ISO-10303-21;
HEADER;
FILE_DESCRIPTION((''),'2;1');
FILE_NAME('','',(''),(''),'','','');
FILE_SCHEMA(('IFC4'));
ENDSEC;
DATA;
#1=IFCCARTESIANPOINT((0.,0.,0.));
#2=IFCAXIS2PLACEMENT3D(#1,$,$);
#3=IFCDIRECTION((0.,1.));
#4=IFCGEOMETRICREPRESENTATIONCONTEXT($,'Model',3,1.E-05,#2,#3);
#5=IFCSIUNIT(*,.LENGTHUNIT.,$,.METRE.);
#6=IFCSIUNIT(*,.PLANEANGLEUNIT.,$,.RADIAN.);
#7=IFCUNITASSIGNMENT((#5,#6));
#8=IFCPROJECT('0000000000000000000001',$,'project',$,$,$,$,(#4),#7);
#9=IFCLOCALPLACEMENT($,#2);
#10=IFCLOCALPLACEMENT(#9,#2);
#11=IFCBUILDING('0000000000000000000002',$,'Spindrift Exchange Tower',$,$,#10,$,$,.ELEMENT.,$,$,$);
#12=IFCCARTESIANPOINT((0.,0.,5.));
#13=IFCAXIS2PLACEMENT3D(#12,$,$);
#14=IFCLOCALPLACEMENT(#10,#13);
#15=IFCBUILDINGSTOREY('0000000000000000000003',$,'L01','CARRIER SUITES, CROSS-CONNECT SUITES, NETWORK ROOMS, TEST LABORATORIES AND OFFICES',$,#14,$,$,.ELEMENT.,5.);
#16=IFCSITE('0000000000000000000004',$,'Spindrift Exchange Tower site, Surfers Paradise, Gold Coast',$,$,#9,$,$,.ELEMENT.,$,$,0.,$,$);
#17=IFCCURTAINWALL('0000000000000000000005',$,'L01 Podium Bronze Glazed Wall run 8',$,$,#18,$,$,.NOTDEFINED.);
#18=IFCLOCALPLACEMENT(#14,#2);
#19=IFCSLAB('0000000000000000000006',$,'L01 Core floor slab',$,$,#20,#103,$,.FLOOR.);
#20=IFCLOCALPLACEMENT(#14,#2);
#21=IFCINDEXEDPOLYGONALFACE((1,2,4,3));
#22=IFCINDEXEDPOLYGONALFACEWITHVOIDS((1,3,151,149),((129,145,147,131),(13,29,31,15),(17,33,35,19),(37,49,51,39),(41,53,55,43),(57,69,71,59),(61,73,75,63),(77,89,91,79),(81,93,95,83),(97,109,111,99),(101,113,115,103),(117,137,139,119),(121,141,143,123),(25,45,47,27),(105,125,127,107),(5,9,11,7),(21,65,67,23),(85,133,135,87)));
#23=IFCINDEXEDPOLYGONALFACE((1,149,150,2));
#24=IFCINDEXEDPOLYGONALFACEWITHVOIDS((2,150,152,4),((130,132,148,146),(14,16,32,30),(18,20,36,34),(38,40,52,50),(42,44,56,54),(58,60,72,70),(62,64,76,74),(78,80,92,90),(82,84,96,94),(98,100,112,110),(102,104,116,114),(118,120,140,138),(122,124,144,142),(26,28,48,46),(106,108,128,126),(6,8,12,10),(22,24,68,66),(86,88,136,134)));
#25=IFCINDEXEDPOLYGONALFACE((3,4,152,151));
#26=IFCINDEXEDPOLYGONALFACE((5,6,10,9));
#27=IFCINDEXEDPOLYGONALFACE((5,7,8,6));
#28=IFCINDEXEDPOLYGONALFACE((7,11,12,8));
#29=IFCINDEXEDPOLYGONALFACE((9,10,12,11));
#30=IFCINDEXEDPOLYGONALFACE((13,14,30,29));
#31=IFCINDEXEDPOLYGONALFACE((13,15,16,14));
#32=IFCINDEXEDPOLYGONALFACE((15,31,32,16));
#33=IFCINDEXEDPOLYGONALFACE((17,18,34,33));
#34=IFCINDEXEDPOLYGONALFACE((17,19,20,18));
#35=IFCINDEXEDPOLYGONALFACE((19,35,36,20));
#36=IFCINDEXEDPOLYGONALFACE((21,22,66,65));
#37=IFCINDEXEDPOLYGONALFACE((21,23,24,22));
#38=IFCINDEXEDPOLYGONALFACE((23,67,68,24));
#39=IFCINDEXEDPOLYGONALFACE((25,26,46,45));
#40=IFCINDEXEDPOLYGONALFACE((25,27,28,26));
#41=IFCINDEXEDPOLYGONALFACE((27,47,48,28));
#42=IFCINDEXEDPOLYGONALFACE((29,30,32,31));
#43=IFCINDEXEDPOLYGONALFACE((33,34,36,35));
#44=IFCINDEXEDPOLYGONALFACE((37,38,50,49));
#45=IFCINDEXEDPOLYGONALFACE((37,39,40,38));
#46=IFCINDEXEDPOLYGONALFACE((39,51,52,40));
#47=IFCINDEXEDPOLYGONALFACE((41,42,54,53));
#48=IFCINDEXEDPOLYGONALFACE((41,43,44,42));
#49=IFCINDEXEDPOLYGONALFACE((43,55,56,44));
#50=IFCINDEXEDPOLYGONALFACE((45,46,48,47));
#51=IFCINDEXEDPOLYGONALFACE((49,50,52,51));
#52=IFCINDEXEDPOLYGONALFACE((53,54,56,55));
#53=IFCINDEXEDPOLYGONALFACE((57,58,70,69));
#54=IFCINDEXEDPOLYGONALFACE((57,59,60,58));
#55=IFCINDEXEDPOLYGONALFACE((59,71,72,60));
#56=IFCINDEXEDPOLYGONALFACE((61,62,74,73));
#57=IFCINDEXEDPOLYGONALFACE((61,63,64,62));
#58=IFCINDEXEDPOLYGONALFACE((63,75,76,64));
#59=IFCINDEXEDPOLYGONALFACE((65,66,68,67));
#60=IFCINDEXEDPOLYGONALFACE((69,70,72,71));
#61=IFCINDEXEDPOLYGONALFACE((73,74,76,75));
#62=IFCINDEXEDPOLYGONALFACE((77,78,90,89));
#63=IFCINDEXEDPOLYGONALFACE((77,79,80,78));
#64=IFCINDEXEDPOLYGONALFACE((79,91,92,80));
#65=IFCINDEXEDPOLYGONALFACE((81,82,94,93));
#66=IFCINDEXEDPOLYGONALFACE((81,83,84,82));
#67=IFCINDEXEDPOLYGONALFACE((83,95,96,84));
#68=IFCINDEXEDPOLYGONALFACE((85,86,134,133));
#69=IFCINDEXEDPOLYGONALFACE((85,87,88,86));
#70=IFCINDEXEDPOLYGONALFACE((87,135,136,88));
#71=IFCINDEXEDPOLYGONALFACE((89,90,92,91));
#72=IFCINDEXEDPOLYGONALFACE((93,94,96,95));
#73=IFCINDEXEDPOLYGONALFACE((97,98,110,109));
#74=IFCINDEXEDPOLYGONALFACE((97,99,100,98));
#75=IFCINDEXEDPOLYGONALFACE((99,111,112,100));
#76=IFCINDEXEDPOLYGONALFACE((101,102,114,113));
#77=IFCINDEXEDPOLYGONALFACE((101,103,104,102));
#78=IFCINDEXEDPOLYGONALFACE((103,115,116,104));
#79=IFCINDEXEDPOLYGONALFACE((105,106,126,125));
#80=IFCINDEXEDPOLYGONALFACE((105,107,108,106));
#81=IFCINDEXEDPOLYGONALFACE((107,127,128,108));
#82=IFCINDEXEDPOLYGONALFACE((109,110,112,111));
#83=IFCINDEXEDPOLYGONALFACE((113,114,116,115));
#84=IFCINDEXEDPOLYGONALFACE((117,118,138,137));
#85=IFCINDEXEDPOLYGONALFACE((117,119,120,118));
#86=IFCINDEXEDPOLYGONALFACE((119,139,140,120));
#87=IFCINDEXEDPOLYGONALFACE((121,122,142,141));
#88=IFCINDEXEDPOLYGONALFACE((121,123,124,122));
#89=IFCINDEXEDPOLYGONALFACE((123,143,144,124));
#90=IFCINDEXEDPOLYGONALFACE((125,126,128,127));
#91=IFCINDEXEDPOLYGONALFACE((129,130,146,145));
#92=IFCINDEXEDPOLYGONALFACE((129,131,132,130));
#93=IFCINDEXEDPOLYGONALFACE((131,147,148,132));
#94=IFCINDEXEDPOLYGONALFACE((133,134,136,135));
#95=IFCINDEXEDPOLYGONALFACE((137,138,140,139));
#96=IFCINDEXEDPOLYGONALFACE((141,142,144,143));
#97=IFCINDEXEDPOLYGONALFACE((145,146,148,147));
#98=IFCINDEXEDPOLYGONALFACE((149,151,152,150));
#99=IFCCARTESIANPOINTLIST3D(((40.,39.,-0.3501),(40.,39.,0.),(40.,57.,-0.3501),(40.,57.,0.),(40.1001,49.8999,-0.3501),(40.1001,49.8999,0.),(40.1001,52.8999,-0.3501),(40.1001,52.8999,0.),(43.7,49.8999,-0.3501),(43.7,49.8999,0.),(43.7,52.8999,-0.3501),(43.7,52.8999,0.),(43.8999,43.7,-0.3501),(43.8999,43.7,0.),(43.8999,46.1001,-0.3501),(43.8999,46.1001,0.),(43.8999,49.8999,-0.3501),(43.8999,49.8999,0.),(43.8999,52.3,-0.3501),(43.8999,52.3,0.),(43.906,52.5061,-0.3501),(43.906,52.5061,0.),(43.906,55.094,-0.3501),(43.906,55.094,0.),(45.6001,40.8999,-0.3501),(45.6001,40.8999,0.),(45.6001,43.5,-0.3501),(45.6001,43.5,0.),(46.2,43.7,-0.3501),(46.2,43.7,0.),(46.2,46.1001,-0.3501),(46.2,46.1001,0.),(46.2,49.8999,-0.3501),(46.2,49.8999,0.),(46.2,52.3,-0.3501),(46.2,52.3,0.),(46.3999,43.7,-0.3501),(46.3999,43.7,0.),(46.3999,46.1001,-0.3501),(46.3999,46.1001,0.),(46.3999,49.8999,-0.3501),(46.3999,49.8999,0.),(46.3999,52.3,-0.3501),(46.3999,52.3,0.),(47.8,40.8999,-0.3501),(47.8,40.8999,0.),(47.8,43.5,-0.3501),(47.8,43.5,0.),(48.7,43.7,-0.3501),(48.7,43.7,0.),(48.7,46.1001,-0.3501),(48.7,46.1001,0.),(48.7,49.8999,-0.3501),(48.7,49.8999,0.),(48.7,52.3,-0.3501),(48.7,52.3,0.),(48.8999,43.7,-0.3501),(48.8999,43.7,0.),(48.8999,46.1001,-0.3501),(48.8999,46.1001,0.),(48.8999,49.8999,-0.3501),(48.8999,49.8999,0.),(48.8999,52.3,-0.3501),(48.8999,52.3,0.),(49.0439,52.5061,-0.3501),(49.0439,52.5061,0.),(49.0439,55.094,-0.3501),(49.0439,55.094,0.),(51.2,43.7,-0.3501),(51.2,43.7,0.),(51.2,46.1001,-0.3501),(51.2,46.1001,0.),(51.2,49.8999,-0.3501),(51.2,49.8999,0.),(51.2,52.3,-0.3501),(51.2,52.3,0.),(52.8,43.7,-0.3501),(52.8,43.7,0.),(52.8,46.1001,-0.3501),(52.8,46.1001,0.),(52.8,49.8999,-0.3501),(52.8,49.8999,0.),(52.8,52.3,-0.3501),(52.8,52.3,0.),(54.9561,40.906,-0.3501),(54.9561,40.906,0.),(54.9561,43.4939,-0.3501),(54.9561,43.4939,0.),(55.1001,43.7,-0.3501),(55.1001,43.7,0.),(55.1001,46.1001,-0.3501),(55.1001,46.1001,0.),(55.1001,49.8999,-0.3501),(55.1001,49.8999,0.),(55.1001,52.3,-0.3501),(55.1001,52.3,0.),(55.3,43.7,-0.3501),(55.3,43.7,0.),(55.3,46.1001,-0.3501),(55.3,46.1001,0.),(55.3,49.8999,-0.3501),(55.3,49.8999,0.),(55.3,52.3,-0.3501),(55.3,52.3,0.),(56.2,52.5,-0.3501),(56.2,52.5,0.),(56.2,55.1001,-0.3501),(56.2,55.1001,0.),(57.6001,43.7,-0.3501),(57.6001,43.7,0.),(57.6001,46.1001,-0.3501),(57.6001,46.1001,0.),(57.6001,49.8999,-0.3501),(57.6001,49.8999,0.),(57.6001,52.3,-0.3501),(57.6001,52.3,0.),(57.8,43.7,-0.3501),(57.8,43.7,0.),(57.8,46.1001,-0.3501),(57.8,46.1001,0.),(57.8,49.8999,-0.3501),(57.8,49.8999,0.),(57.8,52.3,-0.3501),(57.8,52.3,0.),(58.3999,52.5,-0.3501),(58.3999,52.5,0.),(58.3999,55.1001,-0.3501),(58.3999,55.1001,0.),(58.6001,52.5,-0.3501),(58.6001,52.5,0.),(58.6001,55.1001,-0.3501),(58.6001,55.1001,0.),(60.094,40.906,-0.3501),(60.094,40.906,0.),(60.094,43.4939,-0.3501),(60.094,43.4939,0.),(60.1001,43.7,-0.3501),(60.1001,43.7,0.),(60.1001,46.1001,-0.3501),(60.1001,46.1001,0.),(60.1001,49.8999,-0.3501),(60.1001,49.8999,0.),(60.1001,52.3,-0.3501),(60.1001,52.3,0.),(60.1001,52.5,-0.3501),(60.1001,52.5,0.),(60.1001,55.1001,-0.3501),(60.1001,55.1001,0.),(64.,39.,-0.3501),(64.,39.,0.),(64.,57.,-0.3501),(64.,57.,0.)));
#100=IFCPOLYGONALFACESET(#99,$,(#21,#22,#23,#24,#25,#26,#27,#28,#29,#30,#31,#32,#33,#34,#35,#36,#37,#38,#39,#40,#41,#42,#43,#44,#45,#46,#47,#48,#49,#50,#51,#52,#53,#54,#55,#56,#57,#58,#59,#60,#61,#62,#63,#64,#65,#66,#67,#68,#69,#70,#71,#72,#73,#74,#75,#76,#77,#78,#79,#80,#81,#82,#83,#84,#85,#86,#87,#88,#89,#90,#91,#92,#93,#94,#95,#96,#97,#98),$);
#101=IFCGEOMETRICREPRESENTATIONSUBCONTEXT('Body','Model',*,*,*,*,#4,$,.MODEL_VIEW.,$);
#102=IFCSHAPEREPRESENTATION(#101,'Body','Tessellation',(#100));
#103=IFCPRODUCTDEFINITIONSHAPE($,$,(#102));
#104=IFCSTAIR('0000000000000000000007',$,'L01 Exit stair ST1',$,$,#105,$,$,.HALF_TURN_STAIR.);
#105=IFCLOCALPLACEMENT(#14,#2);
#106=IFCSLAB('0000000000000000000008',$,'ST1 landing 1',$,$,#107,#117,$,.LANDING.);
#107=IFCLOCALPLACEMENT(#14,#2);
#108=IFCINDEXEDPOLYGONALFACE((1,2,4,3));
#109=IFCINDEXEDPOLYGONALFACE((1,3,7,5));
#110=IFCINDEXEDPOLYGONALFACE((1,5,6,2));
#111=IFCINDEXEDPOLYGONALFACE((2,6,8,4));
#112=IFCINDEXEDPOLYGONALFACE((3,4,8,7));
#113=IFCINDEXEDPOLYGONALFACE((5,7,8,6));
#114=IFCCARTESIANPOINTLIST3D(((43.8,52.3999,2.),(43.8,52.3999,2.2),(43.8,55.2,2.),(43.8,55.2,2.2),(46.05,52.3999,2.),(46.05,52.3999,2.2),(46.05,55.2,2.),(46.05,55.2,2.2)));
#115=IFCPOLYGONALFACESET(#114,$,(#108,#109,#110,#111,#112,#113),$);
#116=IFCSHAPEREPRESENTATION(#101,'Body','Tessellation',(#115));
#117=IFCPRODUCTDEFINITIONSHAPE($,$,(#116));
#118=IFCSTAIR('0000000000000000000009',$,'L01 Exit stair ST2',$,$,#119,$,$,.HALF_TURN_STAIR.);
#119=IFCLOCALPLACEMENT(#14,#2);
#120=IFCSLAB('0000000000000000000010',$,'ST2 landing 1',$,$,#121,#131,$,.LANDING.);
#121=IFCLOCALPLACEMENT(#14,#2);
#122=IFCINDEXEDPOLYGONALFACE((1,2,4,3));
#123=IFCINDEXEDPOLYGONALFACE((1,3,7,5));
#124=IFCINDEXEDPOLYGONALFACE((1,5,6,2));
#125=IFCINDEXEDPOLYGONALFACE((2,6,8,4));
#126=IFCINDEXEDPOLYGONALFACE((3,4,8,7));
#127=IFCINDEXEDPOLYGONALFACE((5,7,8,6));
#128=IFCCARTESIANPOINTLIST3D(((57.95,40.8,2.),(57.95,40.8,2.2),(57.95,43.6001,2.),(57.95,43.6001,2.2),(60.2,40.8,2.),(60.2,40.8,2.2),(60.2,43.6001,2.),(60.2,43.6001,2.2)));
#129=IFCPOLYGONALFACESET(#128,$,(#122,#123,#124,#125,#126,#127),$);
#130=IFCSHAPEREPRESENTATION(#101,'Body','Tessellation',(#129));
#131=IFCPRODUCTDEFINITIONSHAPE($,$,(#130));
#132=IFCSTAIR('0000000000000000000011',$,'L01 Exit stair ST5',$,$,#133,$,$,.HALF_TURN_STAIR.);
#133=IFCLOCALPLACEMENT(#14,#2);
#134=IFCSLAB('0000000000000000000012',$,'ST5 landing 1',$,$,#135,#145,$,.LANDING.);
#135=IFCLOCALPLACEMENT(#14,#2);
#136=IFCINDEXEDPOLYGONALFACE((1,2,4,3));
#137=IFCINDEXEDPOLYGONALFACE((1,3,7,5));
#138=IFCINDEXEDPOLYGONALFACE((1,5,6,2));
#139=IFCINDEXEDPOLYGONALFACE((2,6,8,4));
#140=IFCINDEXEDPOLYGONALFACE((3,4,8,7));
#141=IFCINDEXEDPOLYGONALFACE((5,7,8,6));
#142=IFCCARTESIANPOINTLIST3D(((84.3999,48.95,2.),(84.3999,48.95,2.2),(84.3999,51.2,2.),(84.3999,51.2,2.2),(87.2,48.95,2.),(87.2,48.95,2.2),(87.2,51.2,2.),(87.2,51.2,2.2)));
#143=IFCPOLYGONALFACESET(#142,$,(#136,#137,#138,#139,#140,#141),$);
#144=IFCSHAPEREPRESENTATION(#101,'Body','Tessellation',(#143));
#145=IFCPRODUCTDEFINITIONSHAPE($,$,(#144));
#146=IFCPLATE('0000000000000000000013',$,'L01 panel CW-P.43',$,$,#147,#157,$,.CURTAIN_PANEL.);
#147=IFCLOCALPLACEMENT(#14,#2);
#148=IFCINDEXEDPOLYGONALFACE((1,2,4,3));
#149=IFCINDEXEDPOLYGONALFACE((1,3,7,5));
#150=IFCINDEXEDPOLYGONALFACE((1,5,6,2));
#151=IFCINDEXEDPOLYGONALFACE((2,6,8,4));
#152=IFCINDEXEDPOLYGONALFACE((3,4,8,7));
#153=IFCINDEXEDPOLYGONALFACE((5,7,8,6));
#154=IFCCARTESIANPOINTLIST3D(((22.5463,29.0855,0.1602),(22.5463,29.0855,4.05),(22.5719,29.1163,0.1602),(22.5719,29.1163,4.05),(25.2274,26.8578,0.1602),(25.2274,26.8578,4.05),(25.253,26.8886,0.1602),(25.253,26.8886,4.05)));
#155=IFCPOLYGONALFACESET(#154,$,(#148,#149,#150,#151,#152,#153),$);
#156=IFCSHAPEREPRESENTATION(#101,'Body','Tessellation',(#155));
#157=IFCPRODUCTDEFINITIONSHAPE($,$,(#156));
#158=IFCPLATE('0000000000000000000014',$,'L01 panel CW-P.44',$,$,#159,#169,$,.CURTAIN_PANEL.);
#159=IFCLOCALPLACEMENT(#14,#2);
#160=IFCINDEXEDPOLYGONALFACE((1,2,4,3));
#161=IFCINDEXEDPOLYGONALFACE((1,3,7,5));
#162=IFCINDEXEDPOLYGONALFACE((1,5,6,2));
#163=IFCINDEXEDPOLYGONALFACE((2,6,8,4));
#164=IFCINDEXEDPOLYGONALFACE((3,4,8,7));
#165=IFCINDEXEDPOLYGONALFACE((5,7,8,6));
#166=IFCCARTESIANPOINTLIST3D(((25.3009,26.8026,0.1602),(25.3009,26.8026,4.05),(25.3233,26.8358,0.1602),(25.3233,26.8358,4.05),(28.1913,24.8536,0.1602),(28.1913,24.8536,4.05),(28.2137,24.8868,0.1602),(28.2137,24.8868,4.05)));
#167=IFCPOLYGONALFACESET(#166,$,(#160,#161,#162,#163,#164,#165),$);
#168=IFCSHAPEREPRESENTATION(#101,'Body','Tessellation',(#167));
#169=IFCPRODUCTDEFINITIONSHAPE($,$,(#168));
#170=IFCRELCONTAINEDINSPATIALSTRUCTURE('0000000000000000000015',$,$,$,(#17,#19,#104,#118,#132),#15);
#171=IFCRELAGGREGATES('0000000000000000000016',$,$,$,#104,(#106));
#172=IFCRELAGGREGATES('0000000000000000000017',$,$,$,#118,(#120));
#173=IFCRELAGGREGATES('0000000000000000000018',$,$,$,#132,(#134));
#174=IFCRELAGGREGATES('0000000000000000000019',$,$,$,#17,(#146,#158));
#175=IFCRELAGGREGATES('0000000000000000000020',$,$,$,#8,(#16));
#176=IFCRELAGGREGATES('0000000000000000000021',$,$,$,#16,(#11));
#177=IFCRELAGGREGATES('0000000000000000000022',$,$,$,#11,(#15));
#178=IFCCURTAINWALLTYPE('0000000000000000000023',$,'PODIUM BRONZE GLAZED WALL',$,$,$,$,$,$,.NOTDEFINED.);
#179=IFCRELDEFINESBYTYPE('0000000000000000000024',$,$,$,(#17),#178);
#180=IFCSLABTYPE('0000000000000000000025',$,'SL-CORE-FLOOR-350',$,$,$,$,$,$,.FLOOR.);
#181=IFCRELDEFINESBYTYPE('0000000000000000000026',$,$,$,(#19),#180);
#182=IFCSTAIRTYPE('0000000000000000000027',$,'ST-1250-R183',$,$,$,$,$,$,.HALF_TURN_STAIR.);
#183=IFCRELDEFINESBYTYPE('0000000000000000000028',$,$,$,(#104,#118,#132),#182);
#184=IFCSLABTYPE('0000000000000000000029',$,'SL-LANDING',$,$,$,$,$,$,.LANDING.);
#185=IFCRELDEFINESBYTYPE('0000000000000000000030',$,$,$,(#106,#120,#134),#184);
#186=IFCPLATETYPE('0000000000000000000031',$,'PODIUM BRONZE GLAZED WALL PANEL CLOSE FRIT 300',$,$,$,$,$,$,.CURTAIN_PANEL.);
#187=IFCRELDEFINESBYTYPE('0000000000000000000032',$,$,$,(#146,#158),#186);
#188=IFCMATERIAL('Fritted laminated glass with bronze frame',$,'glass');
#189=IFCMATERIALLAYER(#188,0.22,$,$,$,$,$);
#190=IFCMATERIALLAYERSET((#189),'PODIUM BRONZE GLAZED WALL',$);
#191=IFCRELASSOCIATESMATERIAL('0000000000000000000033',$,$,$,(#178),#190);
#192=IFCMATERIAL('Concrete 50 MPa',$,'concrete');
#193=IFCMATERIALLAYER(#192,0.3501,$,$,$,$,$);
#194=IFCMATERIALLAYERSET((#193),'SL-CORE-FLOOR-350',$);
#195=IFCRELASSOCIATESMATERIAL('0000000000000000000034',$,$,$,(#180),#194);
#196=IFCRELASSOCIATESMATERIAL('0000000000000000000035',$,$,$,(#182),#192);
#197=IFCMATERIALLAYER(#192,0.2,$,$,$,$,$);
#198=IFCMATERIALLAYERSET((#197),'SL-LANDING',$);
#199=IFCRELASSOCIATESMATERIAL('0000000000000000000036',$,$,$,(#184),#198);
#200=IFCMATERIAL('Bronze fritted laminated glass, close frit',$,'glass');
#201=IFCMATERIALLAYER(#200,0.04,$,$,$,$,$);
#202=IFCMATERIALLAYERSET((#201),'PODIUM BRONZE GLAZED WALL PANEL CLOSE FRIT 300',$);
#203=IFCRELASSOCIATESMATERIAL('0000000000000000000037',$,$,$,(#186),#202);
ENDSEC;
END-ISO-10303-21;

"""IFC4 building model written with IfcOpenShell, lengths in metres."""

from ifc_helpers import new_model, si_unit, direction, frame, origin, origin_2d, place, context, subcontext, project, spatial, line, indexed_curve, rectangle, outline, extrude, source, transform, mapped, material, layer, layer_set, type_object, element, aggregate, save


model = new_model("IFC4")

# Units and contexts
model_context = context("Model", 3, precision=1e-05, world=origin(), true_north=direction((0.0, 1.0)))
body_context = subcontext(model_context, "Body", "Model", "MODEL_VIEW")
ifc_project = project(units=[si_unit("LENGTHUNIT", "METRE"), si_unit("PLANEANGLEUNIT", "RADIAN")], contexts=[model_context])

# Site, building, storey
site_placement = place(None, origin())
site = spatial("IfcSite", under=ifc_project, at=site_placement, Name="Spindrift Exchange Tower site, Surfers Paradise, Gold Coast", CompositionType="ELEMENT", RefElevation=0.0)
building_placement = place(site_placement, origin())
building = spatial("IfcBuilding", under=site, at=building_placement, Name="Spindrift Exchange Tower", CompositionType="ELEMENT")
storey_placement = place(building_placement, frame((0.0, 0.0, 5.0)))
storey = spatial("IfcBuildingStorey", under=building, at=storey_placement, Name="L01", Description="CARRIER SUITES, CROSS-CONNECT SUITES, NETWORK ROOMS, TEST LABORATORIES AND OFFICES", CompositionType="ELEMENT", Elevation=5.0)

# Shared definitions
ifc_material_1 = material(Name="Fritted laminated glass with bronze frame", Category="glass")
ifc_layer_1 = layer(ifc_material_1, 0.22)
ifc_layer_set_1 = layer_set([ifc_layer_1], Name="PODIUM BRONZE GLAZED WALL")
curtain_wall_type = type_object("IfcCurtainWallType", Name="PODIUM BRONZE GLAZED WALL", PredefinedType="NOTDEFINED", material=ifc_layer_set_1)

# Curtain wall
curtain_wall_1_placement = place(storey_placement, origin())
curtain_wall_1 = element("IfcCurtainWall", 1, at=curtain_wall_1_placement, inside=storey, type_object=curtain_wall_type, Name="L01 Podium Bronze Glazed Wall run 8", PredefinedType="NOTDEFINED")

# Slab
ifc_material_2 = material(Name="Concrete 50 MPa", Category="concrete")
ifc_layer_2 = layer(ifc_material_2, 0.3501)
ifc_layer_set_2 = layer_set([ifc_layer_2], Name="SL-CORE-FLOOR-350")
slab_type_1 = type_object("IfcSlabType", Name="SL-CORE-FLOOR-350", PredefinedType="FLOOR", material=ifc_layer_set_2)
slab_1_placement = place(storey_placement, frame((0.0, 0.0, -0.3501)))
element("IfcSlab", 2, at=slab_1_placement, inside=storey, type_object=slab_type_1, Name="L01 Core floor slab", PredefinedType="FLOOR", context=body_context, shape_type="SweptSolid", body=[
    extrude(outline(indexed_curve([(40.0, 39.0), (40.0, 57.0), (64.0, 57.0), (64.0, 39.0)], segments=[line(1, 2, 3, 4, 1)], self_intersect=False), holes=[indexed_curve([(47.8, 43.5), (45.6001, 43.5), (45.6001, 40.8999), (47.8, 40.8999)], segments=[line(1, 2, 3, 4, 1)], self_intersect=False), indexed_curve([(46.2, 46.1001), (43.8999, 46.1001), (43.8999, 43.7), (46.2, 43.7)], segments=[line(1, 2, 3, 4, 1)], self_intersect=False), indexed_curve([(48.7, 46.1001), (46.3999, 46.1001), (46.3999, 43.7), (48.7, 43.7)], segments=[line(1, 2, 3, 4, 1)], self_intersect=False), indexed_curve([(51.2, 46.1001), (48.8999, 46.1001), (48.8999, 43.7), (51.2, 43.7)], segments=[line(1, 2, 3, 4, 1)], self_intersect=False), indexed_curve([(46.2, 52.3), (43.8999, 52.3), (43.8999, 49.8999), (46.2, 49.8999)], segments=[line(1, 2, 3, 4, 1)], self_intersect=False), indexed_curve([(48.7, 52.3), (46.3999, 52.3), (46.3999, 49.8999), (48.7, 49.8999)], segments=[line(1, 2, 3, 4, 1)], self_intersect=False), indexed_curve([(51.2, 52.3), (48.8999, 52.3), (48.8999, 49.8999), (51.2, 49.8999)], segments=[line(1, 2, 3, 4, 1)], self_intersect=False), indexed_curve([(55.1001, 49.8999), (55.1001, 52.3), (52.8, 52.3), (52.8, 49.8999)], segments=[line(1, 2, 3, 4, 1)], self_intersect=False), indexed_curve([(43.7, 49.8999), (43.7, 52.8999), (40.1001, 52.8999), (40.1001, 49.8999)], segments=[line(1, 2, 3, 4, 1)], self_intersect=False), indexed_curve([(43.906, 55.094), (43.906, 52.5061), (49.0439, 52.5061), (49.0439, 55.094)], segments=[line(1, 2, 3, 4, 1)], self_intersect=False), indexed_curve([(60.094, 40.906), (60.094, 43.4939), (54.9561, 43.4939), (54.9561, 40.906)], segments=[line(1, 2, 3, 4, 1)], self_intersect=False), indexed_curve([(55.1001, 46.1001), (52.8, 46.1001), (52.8, 43.7), (55.1001, 43.7)], segments=[line(1, 2, 3, 4, 1)], self_intersect=False), indexed_curve([(57.6001, 43.7), (57.6001, 46.1001), (55.3, 46.1001), (55.3, 43.7)], segments=[line(1, 2, 3, 4, 1)], self_intersect=False), indexed_curve([(60.1001, 43.7), (60.1001, 46.1001), (57.8, 46.1001), (57.8, 43.7)], segments=[line(1, 2, 3, 4, 1)], self_intersect=False), indexed_curve([(57.6001, 52.3), (55.3, 52.3), (55.3, 49.8999), (57.6001, 49.8999)], segments=[line(1, 2, 3, 4, 1)], self_intersect=False), indexed_curve([(60.1001, 52.3), (57.8, 52.3), (57.8, 49.8999), (60.1001, 49.8999)], segments=[line(1, 2, 3, 4, 1)], self_intersect=False), indexed_curve([(58.3999, 52.5), (58.3999, 55.1001), (56.2, 55.1001), (56.2, 52.5)], segments=[line(1, 2, 3, 4, 1)], self_intersect=False), indexed_curve([(60.1001, 52.5), (60.1001, 55.1001), (58.6001, 55.1001), (58.6001, 52.5)], segments=[line(1, 2, 3, 4, 1)], self_intersect=False)]), origin(), (0.0, 0.0, 1.0), 0.3501),
])

# Stairs, slabs
stair_type = type_object("IfcStairType", Name="ST-1250-R183", PredefinedType="HALF_TURN_STAIR", material=ifc_material_2)
stair_1_placement = place(storey_placement, origin())
stair_1 = element("IfcStair", 3, at=stair_1_placement, inside=storey, type_object=stair_type, Name="L01 Exit stair ST1", PredefinedType="HALF_TURN_STAIR")
ifc_layer_3 = layer(ifc_material_2, 0.2)
ifc_layer_set_3 = layer_set([ifc_layer_3], Name="SL-LANDING")
slab_type_2 = type_object("IfcSlabType", Name="SL-LANDING", PredefinedType="LANDING", material=ifc_layer_set_3)
slab_2_placement = place(storey_placement, frame((0.0, 0.0, 2.0)))
slab_2 = element("IfcSlab", 4, at=slab_2_placement, type_object=slab_type_2, Name="ST1 landing 1", PredefinedType="LANDING", context=body_context, shape_type="SweptSolid", body=[
    extrude(outline(indexed_curve([(46.05, 52.3999), (43.8, 52.3999), (43.8, 55.2), (46.05, 55.2)], segments=[line(1, 2, 3, 4, 1)], self_intersect=False)), origin(), (0.0, 0.0, 1.0), 0.2),
])
aggregate(stair_1, [slab_2])
stair_2_placement = place(storey_placement, origin())
stair_2 = element("IfcStair", 5, at=stair_2_placement, inside=storey, type_object=stair_type, Name="L01 Exit stair ST2", PredefinedType="HALF_TURN_STAIR")
slab_3_placement = place(storey_placement, frame((0.0, 0.0, 2.0)))
slab_3 = element("IfcSlab", 6, at=slab_3_placement, type_object=slab_type_2, Name="ST2 landing 1", PredefinedType="LANDING", context=body_context, shape_type="SweptSolid", body=[
    extrude(outline(indexed_curve([(57.95, 43.6001), (60.2, 43.6001), (60.2, 40.8), (57.95, 40.8)], segments=[line(1, 2, 3, 4, 1)], self_intersect=False)), origin(), (0.0, 0.0, 1.0), 0.2),
])
aggregate(stair_2, [slab_3])
stair_3_placement = place(storey_placement, origin())
stair_3 = element("IfcStair", 7, at=stair_3_placement, inside=storey, type_object=stair_type, Name="L01 Exit stair ST5", PredefinedType="HALF_TURN_STAIR")
slab_4_placement = place(storey_placement, frame((0.0, 0.0, 2.0)))
slab_4 = element("IfcSlab", 8, at=slab_4_placement, type_object=slab_type_2, Name="ST5 landing 1", PredefinedType="LANDING", context=body_context, shape_type="SweptSolid", body=[
    extrude(outline(indexed_curve([(84.3999, 48.95), (84.3999, 51.2), (87.2, 51.2), (87.2, 48.95)], segments=[line(1, 2, 3, 4, 1)], self_intersect=False)), origin(), (0.0, 0.0, 1.0), 0.2),
])
aggregate(stair_3, [slab_4])

# Plates
ifc_material_3 = material(Name="Bronze fritted laminated glass, close frit", Category="glass")
ifc_layer_4 = layer(ifc_material_3, 0.04)
ifc_layer_set_4 = layer_set([ifc_layer_4], Name="PODIUM BRONZE GLAZED WALL PANEL CLOSE FRIT 300")
plate_type = type_object("IfcPlateType", Name="PODIUM BRONZE GLAZED WALL PANEL CLOSE FRIT 300", PredefinedType="CURTAIN_PANEL", material=ifc_layer_set_4)
shared_shape_1 = source(origin(), body_context, "Body", "SweptSolid", [
    extrude(rectangle(XDim=3.4858, YDim=0.04, at=origin_2d()), origin(), (0.0, 0.0, 1.0), 3.8899),
])
plate_1_placement = place(storey_placement, frame((23.8997, 27.9871, 0.1602), z_axis=(0.0, 0.0, 1.0), x_axis=(0.769131, -0.639091, 0.0)))
plate_1 = element("IfcPlate", 9, at=plate_1_placement, type_object=plate_type, Name="L01 panel CW-P.43", PredefinedType="CURTAIN_PANEL", context=body_context, shape_type="MappedRepresentation", body=[
    mapped(shared_shape_1, transform((0.0, 0.0, 0.0), scale=1.0)),
])
shared_shape_2 = source(origin(), body_context, "Body", "SweptSolid", [
    extrude(rectangle(XDim=3.4861, YDim=0.04, at=origin_2d()), origin(), (0.0, 0.0, 1.0), 3.8899),
])
plate_2_placement = place(storey_placement, frame((26.7573, 25.8447, 0.1602), z_axis=(0.0, 0.0, 1.0), x_axis=(0.829118, -0.559074, 0.0)))
plate_2 = element("IfcPlate", 10, at=plate_2_placement, type_object=plate_type, Name="L01 panel CW-P.44", PredefinedType="CURTAIN_PANEL", context=body_context, shape_type="MappedRepresentation", body=[
    mapped(shared_shape_2, transform((0.0, 0.0, 0.0), scale=1.0)),
])
aggregate(curtain_wall_1, [plate_1, plate_2])

save(model, "model.ifc")
